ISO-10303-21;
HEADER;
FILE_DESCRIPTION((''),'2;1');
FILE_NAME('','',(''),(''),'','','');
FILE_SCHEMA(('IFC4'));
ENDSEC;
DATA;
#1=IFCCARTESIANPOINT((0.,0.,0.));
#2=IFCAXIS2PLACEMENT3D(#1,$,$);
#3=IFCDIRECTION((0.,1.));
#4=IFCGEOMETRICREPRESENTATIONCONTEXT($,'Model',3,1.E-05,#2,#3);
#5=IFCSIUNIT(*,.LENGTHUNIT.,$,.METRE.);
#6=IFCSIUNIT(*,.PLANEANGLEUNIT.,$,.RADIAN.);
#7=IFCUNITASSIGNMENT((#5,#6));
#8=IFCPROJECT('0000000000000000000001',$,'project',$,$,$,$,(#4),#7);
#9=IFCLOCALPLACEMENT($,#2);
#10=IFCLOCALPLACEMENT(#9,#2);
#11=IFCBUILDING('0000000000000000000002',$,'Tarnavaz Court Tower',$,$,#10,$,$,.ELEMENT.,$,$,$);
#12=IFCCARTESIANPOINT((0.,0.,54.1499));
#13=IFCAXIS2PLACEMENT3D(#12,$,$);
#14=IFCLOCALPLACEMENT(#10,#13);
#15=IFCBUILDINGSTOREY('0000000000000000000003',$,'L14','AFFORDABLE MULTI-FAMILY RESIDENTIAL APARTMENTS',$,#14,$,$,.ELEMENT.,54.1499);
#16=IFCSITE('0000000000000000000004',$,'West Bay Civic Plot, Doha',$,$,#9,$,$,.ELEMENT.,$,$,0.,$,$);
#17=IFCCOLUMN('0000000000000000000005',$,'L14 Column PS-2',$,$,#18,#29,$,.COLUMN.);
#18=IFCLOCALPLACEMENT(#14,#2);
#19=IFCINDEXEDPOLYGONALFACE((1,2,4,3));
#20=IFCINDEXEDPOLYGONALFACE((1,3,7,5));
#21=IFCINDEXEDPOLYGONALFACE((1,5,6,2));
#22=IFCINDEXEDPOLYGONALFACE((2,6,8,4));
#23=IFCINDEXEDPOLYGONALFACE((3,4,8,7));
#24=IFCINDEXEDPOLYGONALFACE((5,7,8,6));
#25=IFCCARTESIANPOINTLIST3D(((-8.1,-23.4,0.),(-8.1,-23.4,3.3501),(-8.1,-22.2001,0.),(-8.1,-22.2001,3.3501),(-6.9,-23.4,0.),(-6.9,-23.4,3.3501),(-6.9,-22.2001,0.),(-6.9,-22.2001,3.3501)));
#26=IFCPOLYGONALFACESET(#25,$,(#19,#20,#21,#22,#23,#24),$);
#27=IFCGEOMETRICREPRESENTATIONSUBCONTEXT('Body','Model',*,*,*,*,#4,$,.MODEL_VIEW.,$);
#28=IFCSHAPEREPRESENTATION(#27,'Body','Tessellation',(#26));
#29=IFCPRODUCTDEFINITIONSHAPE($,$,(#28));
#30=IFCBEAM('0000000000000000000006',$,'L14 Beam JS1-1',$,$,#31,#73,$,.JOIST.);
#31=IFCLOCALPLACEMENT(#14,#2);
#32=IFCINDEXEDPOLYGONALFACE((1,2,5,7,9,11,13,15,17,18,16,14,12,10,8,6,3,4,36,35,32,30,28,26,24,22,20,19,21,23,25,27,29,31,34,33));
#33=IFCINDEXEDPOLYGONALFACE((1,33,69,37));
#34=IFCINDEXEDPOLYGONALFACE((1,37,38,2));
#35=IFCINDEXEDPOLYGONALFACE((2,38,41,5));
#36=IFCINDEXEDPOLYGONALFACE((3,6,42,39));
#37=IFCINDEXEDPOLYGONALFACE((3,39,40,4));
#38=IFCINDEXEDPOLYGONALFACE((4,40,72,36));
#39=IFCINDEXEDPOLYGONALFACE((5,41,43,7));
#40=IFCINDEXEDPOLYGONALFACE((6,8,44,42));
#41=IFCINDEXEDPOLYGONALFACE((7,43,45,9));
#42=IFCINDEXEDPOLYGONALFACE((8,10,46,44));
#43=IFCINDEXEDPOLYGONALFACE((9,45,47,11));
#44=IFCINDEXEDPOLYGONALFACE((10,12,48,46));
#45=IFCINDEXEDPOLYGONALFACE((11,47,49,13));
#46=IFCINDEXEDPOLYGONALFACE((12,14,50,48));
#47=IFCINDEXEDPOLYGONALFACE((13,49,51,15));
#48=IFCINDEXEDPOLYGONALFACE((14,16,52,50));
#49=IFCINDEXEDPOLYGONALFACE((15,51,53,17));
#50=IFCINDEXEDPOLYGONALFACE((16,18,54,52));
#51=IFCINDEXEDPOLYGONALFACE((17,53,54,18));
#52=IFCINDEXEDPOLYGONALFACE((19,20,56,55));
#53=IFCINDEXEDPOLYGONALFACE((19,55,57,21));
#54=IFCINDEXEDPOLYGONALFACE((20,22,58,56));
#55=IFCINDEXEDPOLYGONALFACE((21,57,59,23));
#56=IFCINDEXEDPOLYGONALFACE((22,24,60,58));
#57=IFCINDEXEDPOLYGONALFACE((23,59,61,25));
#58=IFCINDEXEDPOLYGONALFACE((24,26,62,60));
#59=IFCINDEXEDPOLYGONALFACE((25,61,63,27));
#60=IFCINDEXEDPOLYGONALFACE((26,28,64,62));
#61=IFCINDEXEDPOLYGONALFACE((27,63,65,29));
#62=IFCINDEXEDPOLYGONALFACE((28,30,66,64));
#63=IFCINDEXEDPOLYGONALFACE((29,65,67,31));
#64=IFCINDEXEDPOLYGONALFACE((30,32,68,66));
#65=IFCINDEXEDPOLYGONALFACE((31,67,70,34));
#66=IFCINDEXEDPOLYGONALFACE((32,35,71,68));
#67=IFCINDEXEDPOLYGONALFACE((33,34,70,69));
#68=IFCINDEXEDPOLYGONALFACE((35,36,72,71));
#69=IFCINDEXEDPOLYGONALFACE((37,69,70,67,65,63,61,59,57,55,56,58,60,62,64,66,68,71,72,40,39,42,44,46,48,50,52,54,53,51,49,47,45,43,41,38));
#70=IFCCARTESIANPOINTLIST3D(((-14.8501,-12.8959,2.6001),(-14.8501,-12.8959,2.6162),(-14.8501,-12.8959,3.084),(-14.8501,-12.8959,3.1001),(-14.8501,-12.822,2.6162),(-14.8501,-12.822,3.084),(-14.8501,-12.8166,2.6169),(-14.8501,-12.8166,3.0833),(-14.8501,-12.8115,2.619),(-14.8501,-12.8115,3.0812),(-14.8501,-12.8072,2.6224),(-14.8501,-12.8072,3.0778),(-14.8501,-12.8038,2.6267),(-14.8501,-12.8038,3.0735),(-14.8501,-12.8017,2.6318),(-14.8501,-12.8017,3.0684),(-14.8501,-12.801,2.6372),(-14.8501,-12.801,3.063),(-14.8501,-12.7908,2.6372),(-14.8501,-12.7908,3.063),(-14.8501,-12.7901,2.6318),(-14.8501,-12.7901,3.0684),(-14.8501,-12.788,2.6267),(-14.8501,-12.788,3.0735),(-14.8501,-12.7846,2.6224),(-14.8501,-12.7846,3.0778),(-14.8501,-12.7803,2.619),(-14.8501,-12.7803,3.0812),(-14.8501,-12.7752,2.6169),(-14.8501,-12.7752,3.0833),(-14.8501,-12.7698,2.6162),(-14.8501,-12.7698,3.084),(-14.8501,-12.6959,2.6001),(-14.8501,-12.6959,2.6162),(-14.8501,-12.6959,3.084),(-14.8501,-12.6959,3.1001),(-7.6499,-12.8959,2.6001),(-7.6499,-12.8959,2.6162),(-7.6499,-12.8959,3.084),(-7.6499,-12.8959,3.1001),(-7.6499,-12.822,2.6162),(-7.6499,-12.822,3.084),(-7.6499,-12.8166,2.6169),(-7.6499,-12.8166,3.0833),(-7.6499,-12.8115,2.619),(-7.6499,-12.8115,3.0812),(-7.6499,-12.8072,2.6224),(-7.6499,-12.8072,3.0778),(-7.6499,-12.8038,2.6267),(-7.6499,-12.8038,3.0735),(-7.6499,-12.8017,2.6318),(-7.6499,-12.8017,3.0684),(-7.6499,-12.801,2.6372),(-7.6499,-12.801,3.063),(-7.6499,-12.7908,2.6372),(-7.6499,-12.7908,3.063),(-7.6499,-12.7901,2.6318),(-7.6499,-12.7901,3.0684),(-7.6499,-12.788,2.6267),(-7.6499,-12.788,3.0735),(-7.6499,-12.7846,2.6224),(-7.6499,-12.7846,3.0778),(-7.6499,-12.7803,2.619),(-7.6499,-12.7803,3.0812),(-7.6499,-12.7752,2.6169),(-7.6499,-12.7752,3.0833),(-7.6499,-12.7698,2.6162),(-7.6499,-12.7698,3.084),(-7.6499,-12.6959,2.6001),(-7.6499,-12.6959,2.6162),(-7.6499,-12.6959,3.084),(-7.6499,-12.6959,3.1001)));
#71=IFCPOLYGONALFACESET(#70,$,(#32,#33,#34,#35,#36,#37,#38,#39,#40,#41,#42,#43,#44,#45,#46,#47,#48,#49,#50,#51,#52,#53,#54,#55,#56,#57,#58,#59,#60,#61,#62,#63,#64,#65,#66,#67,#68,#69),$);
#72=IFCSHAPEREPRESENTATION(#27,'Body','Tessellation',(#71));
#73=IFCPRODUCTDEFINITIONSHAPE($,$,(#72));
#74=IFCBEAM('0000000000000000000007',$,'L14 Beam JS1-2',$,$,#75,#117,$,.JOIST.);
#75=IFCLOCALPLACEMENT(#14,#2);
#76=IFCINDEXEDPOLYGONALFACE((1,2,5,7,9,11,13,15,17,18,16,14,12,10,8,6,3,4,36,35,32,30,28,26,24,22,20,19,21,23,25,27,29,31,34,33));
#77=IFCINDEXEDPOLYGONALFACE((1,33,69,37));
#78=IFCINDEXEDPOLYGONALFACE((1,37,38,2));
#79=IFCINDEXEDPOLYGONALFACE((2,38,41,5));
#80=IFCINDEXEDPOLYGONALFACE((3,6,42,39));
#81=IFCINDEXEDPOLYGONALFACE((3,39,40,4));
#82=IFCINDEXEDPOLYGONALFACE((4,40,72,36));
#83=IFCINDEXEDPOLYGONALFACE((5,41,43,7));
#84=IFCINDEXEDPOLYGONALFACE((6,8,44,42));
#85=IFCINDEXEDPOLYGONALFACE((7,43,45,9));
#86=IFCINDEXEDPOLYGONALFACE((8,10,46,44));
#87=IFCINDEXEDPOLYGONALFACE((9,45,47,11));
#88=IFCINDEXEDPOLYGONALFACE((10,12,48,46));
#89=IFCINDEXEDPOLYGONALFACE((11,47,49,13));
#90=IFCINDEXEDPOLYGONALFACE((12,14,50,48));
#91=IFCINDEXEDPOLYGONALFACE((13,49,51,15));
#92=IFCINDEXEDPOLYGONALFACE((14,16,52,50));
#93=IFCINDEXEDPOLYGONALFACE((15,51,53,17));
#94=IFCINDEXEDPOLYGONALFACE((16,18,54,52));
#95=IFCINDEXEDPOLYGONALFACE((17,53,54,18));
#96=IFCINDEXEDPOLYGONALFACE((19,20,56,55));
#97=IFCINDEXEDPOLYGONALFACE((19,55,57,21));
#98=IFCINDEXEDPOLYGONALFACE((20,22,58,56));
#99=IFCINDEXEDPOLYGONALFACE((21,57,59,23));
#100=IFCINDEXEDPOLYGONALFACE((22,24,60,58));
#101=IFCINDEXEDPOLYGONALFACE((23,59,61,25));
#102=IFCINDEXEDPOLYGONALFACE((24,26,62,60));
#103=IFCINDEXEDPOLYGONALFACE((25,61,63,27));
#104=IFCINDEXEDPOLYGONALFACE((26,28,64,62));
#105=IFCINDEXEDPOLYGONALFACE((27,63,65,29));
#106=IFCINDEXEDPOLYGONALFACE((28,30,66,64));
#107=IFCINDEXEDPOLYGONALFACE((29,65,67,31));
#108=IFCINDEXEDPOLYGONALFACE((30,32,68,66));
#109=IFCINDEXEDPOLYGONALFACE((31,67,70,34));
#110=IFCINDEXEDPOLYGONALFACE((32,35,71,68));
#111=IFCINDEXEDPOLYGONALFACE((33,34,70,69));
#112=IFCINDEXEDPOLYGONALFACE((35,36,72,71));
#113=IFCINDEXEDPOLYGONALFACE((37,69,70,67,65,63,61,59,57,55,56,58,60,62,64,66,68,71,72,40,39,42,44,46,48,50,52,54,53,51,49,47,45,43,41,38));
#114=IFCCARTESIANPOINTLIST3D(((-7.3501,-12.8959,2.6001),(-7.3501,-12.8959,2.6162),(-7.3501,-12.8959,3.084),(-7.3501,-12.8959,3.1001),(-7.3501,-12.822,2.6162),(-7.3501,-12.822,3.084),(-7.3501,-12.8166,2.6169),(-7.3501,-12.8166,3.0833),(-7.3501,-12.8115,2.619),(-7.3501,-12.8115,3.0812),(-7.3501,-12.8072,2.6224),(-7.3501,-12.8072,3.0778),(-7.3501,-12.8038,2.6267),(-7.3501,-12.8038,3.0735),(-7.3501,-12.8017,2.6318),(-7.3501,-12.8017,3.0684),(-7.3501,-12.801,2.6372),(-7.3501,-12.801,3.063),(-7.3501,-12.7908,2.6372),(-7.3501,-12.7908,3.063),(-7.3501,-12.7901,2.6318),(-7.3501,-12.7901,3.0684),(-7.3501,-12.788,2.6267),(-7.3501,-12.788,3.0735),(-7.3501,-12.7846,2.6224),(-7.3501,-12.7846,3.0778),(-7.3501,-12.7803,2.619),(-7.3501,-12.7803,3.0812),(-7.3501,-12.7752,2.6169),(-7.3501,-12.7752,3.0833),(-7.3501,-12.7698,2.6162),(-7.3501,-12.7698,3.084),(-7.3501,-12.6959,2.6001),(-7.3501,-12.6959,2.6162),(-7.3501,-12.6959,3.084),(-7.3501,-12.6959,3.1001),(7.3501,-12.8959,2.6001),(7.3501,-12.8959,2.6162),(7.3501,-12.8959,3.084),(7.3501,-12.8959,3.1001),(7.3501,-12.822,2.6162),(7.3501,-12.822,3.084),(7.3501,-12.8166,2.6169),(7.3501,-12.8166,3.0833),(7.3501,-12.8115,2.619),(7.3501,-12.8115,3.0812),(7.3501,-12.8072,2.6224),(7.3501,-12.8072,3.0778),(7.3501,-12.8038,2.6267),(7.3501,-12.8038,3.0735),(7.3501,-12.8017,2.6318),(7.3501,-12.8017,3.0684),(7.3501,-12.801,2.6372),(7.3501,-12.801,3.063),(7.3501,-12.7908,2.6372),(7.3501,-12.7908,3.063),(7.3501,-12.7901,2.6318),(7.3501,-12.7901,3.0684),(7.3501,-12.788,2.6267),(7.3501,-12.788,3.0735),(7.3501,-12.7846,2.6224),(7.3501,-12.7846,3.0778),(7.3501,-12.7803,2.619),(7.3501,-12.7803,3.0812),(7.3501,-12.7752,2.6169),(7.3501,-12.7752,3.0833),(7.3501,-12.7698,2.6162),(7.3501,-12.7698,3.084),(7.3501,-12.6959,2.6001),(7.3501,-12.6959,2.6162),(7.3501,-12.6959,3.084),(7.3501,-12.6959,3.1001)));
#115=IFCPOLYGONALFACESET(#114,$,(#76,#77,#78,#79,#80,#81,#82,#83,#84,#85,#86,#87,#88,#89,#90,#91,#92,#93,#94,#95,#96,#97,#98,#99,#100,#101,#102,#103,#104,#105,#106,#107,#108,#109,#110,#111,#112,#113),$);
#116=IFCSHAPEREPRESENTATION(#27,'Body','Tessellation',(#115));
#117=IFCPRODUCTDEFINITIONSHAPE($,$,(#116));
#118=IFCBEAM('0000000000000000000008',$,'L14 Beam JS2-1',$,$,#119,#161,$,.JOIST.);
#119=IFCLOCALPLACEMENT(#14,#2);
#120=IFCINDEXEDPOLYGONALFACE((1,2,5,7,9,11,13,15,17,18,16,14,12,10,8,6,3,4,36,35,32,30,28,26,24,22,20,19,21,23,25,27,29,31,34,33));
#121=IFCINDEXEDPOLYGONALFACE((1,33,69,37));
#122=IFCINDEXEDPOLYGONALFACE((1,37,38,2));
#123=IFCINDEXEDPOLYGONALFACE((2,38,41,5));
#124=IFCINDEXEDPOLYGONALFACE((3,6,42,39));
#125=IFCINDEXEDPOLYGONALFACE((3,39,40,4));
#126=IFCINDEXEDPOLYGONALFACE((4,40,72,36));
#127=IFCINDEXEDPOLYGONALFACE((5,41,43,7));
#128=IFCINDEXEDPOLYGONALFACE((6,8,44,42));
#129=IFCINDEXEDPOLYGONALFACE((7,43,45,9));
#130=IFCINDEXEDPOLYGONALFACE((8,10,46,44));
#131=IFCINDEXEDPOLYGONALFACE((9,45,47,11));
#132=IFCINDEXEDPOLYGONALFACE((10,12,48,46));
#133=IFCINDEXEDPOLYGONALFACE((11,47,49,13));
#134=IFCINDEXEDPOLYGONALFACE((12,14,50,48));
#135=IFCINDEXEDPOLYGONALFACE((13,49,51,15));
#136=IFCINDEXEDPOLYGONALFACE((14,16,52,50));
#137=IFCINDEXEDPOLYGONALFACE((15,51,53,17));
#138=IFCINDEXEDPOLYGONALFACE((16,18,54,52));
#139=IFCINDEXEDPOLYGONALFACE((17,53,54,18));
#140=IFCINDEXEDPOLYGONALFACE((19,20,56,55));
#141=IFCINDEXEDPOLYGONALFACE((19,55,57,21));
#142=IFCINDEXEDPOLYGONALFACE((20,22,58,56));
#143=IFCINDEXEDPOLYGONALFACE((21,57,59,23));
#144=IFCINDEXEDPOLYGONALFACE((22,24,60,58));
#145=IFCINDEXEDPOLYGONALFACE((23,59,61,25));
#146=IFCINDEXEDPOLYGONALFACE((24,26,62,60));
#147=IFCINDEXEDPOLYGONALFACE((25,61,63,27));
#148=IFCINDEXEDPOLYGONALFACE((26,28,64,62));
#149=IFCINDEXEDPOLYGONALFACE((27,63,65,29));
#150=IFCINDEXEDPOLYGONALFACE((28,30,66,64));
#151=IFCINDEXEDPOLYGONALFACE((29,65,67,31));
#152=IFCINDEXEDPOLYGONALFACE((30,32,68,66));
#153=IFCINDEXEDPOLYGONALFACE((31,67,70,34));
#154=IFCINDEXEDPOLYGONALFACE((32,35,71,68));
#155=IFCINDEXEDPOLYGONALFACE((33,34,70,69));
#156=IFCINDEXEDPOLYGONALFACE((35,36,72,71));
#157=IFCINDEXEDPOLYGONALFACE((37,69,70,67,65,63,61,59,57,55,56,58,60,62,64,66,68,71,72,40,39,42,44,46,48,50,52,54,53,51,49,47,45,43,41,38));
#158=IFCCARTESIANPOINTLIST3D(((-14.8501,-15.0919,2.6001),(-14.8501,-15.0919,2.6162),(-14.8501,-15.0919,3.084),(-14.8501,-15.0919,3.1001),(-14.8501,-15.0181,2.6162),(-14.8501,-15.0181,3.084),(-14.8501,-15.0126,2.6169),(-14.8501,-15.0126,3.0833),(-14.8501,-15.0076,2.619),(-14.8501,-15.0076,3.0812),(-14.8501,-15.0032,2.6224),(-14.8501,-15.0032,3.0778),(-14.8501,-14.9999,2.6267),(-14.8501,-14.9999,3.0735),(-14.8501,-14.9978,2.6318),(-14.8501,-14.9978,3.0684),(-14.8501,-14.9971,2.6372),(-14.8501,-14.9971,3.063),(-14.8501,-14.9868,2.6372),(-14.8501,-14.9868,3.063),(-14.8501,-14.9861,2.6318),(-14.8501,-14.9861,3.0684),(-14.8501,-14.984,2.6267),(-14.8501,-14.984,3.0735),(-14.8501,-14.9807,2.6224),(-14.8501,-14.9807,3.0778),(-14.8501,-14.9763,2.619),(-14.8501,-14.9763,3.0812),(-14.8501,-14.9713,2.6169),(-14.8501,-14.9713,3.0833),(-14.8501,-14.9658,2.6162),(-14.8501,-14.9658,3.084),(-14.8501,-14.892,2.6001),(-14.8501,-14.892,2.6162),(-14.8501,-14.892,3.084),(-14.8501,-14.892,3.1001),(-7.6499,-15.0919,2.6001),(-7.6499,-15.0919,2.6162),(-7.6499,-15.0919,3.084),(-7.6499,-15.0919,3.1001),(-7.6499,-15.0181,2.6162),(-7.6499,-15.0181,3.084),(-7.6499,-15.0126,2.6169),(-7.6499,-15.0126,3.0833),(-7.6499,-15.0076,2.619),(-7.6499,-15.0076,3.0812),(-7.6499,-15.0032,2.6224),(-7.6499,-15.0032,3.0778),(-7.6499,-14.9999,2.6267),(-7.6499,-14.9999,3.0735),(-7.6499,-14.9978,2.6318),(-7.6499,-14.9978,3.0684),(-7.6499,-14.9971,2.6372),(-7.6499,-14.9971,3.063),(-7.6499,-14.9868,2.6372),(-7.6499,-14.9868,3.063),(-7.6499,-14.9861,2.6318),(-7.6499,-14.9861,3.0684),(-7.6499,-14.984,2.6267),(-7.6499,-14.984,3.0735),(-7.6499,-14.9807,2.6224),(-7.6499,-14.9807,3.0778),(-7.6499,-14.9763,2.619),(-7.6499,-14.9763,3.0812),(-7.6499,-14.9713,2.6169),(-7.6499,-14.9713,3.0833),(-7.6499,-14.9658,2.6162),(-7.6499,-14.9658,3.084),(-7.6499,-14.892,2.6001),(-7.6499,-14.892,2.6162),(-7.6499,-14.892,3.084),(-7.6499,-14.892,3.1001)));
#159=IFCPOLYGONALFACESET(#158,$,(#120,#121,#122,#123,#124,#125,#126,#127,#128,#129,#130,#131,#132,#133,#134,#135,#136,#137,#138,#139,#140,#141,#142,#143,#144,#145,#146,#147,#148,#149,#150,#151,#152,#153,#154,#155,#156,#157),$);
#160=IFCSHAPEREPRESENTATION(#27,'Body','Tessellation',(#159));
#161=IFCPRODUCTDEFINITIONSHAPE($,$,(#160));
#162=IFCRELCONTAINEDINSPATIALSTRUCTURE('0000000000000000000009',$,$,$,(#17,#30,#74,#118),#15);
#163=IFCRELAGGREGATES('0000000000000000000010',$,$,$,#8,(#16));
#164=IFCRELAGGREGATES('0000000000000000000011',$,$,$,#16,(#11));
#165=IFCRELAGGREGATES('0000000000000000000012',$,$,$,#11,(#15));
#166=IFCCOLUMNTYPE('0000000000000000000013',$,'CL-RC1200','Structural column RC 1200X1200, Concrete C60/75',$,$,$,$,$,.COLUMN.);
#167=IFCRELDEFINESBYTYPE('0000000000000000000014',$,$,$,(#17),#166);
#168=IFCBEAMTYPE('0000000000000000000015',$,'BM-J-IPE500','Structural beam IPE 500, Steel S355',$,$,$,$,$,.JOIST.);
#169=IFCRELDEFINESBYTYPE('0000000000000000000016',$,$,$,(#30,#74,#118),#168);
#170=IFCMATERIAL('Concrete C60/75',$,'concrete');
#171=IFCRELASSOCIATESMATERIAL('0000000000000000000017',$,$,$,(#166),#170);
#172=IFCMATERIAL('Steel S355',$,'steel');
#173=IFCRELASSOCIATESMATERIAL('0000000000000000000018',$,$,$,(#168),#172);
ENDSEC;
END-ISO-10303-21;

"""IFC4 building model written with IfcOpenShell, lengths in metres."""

from ifc_helpers import new_model, si_unit, direction, frame, origin, origin_2d, place, context, subcontext, project, spatial, rectangle, i_section, extrude, material, material_profile, profile_set, type_object, element, save


model = new_model("IFC4")

# Units and contexts
model_context = context("Model", 3, precision=1e-05, world=origin(), true_north=direction((0.0, 1.0)))
body_context = subcontext(model_context, "Body", "Model", "MODEL_VIEW")
ifc_project = project(units=[si_unit("LENGTHUNIT", "METRE"), si_unit("PLANEANGLEUNIT", "RADIAN")], contexts=[model_context])

# Site, building, storey
site_placement = place(None, origin())
site = spatial("IfcSite", under=ifc_project, at=site_placement, Name="West Bay Civic Plot, Doha", CompositionType="ELEMENT", RefElevation=0.0)
building_placement = place(site_placement, origin())
building = spatial("IfcBuilding", under=site, at=building_placement, Name="Tarnavaz Court Tower", CompositionType="ELEMENT")
storey_placement = place(building_placement, frame((0.0, 0.0, 54.1499)))
storey = spatial("IfcBuildingStorey", under=building, at=storey_placement, Name="L14", Description="AFFORDABLE MULTI-FAMILY RESIDENTIAL APARTMENTS", CompositionType="ELEMENT", Elevation=54.1499)

# Column
ifc_material_1 = material(Name="Concrete C60/75", Category="concrete")
ifc_material_profile_1 = material_profile(ifc_material_1, rectangle(XDim=1.2, YDim=1.2, at=origin_2d()), Name="RC 1200X1200")
ifc_profile_set_1 = profile_set([ifc_material_profile_1], Name="Concrete C60/75")
column_type = type_object("IfcColumnType", Name="CL-RC1200", Description="Structural column RC 1200X1200, Concrete C60/75", PredefinedType="COLUMN", material=ifc_profile_set_1)
column_placement = place(storey_placement, frame((-7.5, -22.8, 0.0), z_axis=(0.0, 0.0, 1.0), x_axis=(1.0, 0.0, 0.0)))
element("IfcColumn", 1, at=column_placement, inside=storey, type_object=column_type, Name="L14 Column PS-2", PredefinedType="COLUMN", context=body_context, shape_type="SweptSolid", body=[
    extrude(rectangle(XDim=1.2, YDim=1.2, at=origin_2d()), origin(), (0.0, 0.0, 1.0), 3.3501),
])

# Beams
ifc_material_2 = material(Name="Steel S355", Category="steel")
ifc_material_profile_2 = material_profile(ifc_material_2, i_section(OverallWidth=0.2, OverallDepth=0.5, WebThickness=0.0103, FlangeThickness=0.0161, FilletRadius=0.021, at=origin_2d()), Name="IPE 500")
ifc_profile_set_2 = profile_set([ifc_material_profile_2], Name="Steel S355")
beam_type_1 = type_object("IfcBeamType", Name="BM-J-IPE500", Description="Structural beam IPE 500, Steel S355", PredefinedType="JOIST", material=ifc_profile_set_2)
beam_1_placement = place(storey_placement, frame((-14.8501, -12.7959, 2.8501), z_axis=(1.0, 0.0, 0.0), x_axis=(0.0, 1.0, 0.0)))
element("IfcBeam", 2, at=beam_1_placement, inside=storey, type_object=beam_type_1, Name="L14 Beam JS1-1", PredefinedType="JOIST", context=body_context, shape_type="SweptSolid", body=[
    extrude(i_section(OverallWidth=0.2, OverallDepth=0.5, WebThickness=0.0103, FlangeThickness=0.0161, FilletRadius=0.021, at=origin_2d()), origin(), (0.0, 0.0, 1.0), 7.2002),
])
beam_2_placement = place(storey_placement, frame((-7.3501, -12.7959, 2.8501), z_axis=(1.0, 0.0, 0.0), x_axis=(0.0, 1.0, 0.0)))
element("IfcBeam", 3, at=beam_2_placement, inside=storey, type_object=beam_type_1, Name="L14 Beam JS1-2", PredefinedType="JOIST", context=body_context, shape_type="SweptSolid", body=[
    extrude(i_section(OverallWidth=0.2, OverallDepth=0.5, WebThickness=0.0103, FlangeThickness=0.0161, FilletRadius=0.021, at=origin_2d()), origin(), (0.0, 0.0, 1.0), 14.7002),
])
beam_3_placement = place(storey_placement, frame((-14.8501, -14.9919, 2.8501), z_axis=(1.0, 0.0, 0.0), x_axis=(0.0, 1.0, 0.0)))
element("IfcBeam", 4, at=beam_3_placement, inside=storey, type_object=beam_type_1, Name="L14 Beam JS2-1", PredefinedType="JOIST", context=body_context, shape_type="SweptSolid", body=[
    extrude(i_section(OverallWidth=0.2, OverallDepth=0.5, WebThickness=0.0103, FlangeThickness=0.0161, FilletRadius=0.021, at=origin_2d()), origin(), (0.0, 0.0, 1.0), 7.2002),
])

save(model, "model.ifc")
